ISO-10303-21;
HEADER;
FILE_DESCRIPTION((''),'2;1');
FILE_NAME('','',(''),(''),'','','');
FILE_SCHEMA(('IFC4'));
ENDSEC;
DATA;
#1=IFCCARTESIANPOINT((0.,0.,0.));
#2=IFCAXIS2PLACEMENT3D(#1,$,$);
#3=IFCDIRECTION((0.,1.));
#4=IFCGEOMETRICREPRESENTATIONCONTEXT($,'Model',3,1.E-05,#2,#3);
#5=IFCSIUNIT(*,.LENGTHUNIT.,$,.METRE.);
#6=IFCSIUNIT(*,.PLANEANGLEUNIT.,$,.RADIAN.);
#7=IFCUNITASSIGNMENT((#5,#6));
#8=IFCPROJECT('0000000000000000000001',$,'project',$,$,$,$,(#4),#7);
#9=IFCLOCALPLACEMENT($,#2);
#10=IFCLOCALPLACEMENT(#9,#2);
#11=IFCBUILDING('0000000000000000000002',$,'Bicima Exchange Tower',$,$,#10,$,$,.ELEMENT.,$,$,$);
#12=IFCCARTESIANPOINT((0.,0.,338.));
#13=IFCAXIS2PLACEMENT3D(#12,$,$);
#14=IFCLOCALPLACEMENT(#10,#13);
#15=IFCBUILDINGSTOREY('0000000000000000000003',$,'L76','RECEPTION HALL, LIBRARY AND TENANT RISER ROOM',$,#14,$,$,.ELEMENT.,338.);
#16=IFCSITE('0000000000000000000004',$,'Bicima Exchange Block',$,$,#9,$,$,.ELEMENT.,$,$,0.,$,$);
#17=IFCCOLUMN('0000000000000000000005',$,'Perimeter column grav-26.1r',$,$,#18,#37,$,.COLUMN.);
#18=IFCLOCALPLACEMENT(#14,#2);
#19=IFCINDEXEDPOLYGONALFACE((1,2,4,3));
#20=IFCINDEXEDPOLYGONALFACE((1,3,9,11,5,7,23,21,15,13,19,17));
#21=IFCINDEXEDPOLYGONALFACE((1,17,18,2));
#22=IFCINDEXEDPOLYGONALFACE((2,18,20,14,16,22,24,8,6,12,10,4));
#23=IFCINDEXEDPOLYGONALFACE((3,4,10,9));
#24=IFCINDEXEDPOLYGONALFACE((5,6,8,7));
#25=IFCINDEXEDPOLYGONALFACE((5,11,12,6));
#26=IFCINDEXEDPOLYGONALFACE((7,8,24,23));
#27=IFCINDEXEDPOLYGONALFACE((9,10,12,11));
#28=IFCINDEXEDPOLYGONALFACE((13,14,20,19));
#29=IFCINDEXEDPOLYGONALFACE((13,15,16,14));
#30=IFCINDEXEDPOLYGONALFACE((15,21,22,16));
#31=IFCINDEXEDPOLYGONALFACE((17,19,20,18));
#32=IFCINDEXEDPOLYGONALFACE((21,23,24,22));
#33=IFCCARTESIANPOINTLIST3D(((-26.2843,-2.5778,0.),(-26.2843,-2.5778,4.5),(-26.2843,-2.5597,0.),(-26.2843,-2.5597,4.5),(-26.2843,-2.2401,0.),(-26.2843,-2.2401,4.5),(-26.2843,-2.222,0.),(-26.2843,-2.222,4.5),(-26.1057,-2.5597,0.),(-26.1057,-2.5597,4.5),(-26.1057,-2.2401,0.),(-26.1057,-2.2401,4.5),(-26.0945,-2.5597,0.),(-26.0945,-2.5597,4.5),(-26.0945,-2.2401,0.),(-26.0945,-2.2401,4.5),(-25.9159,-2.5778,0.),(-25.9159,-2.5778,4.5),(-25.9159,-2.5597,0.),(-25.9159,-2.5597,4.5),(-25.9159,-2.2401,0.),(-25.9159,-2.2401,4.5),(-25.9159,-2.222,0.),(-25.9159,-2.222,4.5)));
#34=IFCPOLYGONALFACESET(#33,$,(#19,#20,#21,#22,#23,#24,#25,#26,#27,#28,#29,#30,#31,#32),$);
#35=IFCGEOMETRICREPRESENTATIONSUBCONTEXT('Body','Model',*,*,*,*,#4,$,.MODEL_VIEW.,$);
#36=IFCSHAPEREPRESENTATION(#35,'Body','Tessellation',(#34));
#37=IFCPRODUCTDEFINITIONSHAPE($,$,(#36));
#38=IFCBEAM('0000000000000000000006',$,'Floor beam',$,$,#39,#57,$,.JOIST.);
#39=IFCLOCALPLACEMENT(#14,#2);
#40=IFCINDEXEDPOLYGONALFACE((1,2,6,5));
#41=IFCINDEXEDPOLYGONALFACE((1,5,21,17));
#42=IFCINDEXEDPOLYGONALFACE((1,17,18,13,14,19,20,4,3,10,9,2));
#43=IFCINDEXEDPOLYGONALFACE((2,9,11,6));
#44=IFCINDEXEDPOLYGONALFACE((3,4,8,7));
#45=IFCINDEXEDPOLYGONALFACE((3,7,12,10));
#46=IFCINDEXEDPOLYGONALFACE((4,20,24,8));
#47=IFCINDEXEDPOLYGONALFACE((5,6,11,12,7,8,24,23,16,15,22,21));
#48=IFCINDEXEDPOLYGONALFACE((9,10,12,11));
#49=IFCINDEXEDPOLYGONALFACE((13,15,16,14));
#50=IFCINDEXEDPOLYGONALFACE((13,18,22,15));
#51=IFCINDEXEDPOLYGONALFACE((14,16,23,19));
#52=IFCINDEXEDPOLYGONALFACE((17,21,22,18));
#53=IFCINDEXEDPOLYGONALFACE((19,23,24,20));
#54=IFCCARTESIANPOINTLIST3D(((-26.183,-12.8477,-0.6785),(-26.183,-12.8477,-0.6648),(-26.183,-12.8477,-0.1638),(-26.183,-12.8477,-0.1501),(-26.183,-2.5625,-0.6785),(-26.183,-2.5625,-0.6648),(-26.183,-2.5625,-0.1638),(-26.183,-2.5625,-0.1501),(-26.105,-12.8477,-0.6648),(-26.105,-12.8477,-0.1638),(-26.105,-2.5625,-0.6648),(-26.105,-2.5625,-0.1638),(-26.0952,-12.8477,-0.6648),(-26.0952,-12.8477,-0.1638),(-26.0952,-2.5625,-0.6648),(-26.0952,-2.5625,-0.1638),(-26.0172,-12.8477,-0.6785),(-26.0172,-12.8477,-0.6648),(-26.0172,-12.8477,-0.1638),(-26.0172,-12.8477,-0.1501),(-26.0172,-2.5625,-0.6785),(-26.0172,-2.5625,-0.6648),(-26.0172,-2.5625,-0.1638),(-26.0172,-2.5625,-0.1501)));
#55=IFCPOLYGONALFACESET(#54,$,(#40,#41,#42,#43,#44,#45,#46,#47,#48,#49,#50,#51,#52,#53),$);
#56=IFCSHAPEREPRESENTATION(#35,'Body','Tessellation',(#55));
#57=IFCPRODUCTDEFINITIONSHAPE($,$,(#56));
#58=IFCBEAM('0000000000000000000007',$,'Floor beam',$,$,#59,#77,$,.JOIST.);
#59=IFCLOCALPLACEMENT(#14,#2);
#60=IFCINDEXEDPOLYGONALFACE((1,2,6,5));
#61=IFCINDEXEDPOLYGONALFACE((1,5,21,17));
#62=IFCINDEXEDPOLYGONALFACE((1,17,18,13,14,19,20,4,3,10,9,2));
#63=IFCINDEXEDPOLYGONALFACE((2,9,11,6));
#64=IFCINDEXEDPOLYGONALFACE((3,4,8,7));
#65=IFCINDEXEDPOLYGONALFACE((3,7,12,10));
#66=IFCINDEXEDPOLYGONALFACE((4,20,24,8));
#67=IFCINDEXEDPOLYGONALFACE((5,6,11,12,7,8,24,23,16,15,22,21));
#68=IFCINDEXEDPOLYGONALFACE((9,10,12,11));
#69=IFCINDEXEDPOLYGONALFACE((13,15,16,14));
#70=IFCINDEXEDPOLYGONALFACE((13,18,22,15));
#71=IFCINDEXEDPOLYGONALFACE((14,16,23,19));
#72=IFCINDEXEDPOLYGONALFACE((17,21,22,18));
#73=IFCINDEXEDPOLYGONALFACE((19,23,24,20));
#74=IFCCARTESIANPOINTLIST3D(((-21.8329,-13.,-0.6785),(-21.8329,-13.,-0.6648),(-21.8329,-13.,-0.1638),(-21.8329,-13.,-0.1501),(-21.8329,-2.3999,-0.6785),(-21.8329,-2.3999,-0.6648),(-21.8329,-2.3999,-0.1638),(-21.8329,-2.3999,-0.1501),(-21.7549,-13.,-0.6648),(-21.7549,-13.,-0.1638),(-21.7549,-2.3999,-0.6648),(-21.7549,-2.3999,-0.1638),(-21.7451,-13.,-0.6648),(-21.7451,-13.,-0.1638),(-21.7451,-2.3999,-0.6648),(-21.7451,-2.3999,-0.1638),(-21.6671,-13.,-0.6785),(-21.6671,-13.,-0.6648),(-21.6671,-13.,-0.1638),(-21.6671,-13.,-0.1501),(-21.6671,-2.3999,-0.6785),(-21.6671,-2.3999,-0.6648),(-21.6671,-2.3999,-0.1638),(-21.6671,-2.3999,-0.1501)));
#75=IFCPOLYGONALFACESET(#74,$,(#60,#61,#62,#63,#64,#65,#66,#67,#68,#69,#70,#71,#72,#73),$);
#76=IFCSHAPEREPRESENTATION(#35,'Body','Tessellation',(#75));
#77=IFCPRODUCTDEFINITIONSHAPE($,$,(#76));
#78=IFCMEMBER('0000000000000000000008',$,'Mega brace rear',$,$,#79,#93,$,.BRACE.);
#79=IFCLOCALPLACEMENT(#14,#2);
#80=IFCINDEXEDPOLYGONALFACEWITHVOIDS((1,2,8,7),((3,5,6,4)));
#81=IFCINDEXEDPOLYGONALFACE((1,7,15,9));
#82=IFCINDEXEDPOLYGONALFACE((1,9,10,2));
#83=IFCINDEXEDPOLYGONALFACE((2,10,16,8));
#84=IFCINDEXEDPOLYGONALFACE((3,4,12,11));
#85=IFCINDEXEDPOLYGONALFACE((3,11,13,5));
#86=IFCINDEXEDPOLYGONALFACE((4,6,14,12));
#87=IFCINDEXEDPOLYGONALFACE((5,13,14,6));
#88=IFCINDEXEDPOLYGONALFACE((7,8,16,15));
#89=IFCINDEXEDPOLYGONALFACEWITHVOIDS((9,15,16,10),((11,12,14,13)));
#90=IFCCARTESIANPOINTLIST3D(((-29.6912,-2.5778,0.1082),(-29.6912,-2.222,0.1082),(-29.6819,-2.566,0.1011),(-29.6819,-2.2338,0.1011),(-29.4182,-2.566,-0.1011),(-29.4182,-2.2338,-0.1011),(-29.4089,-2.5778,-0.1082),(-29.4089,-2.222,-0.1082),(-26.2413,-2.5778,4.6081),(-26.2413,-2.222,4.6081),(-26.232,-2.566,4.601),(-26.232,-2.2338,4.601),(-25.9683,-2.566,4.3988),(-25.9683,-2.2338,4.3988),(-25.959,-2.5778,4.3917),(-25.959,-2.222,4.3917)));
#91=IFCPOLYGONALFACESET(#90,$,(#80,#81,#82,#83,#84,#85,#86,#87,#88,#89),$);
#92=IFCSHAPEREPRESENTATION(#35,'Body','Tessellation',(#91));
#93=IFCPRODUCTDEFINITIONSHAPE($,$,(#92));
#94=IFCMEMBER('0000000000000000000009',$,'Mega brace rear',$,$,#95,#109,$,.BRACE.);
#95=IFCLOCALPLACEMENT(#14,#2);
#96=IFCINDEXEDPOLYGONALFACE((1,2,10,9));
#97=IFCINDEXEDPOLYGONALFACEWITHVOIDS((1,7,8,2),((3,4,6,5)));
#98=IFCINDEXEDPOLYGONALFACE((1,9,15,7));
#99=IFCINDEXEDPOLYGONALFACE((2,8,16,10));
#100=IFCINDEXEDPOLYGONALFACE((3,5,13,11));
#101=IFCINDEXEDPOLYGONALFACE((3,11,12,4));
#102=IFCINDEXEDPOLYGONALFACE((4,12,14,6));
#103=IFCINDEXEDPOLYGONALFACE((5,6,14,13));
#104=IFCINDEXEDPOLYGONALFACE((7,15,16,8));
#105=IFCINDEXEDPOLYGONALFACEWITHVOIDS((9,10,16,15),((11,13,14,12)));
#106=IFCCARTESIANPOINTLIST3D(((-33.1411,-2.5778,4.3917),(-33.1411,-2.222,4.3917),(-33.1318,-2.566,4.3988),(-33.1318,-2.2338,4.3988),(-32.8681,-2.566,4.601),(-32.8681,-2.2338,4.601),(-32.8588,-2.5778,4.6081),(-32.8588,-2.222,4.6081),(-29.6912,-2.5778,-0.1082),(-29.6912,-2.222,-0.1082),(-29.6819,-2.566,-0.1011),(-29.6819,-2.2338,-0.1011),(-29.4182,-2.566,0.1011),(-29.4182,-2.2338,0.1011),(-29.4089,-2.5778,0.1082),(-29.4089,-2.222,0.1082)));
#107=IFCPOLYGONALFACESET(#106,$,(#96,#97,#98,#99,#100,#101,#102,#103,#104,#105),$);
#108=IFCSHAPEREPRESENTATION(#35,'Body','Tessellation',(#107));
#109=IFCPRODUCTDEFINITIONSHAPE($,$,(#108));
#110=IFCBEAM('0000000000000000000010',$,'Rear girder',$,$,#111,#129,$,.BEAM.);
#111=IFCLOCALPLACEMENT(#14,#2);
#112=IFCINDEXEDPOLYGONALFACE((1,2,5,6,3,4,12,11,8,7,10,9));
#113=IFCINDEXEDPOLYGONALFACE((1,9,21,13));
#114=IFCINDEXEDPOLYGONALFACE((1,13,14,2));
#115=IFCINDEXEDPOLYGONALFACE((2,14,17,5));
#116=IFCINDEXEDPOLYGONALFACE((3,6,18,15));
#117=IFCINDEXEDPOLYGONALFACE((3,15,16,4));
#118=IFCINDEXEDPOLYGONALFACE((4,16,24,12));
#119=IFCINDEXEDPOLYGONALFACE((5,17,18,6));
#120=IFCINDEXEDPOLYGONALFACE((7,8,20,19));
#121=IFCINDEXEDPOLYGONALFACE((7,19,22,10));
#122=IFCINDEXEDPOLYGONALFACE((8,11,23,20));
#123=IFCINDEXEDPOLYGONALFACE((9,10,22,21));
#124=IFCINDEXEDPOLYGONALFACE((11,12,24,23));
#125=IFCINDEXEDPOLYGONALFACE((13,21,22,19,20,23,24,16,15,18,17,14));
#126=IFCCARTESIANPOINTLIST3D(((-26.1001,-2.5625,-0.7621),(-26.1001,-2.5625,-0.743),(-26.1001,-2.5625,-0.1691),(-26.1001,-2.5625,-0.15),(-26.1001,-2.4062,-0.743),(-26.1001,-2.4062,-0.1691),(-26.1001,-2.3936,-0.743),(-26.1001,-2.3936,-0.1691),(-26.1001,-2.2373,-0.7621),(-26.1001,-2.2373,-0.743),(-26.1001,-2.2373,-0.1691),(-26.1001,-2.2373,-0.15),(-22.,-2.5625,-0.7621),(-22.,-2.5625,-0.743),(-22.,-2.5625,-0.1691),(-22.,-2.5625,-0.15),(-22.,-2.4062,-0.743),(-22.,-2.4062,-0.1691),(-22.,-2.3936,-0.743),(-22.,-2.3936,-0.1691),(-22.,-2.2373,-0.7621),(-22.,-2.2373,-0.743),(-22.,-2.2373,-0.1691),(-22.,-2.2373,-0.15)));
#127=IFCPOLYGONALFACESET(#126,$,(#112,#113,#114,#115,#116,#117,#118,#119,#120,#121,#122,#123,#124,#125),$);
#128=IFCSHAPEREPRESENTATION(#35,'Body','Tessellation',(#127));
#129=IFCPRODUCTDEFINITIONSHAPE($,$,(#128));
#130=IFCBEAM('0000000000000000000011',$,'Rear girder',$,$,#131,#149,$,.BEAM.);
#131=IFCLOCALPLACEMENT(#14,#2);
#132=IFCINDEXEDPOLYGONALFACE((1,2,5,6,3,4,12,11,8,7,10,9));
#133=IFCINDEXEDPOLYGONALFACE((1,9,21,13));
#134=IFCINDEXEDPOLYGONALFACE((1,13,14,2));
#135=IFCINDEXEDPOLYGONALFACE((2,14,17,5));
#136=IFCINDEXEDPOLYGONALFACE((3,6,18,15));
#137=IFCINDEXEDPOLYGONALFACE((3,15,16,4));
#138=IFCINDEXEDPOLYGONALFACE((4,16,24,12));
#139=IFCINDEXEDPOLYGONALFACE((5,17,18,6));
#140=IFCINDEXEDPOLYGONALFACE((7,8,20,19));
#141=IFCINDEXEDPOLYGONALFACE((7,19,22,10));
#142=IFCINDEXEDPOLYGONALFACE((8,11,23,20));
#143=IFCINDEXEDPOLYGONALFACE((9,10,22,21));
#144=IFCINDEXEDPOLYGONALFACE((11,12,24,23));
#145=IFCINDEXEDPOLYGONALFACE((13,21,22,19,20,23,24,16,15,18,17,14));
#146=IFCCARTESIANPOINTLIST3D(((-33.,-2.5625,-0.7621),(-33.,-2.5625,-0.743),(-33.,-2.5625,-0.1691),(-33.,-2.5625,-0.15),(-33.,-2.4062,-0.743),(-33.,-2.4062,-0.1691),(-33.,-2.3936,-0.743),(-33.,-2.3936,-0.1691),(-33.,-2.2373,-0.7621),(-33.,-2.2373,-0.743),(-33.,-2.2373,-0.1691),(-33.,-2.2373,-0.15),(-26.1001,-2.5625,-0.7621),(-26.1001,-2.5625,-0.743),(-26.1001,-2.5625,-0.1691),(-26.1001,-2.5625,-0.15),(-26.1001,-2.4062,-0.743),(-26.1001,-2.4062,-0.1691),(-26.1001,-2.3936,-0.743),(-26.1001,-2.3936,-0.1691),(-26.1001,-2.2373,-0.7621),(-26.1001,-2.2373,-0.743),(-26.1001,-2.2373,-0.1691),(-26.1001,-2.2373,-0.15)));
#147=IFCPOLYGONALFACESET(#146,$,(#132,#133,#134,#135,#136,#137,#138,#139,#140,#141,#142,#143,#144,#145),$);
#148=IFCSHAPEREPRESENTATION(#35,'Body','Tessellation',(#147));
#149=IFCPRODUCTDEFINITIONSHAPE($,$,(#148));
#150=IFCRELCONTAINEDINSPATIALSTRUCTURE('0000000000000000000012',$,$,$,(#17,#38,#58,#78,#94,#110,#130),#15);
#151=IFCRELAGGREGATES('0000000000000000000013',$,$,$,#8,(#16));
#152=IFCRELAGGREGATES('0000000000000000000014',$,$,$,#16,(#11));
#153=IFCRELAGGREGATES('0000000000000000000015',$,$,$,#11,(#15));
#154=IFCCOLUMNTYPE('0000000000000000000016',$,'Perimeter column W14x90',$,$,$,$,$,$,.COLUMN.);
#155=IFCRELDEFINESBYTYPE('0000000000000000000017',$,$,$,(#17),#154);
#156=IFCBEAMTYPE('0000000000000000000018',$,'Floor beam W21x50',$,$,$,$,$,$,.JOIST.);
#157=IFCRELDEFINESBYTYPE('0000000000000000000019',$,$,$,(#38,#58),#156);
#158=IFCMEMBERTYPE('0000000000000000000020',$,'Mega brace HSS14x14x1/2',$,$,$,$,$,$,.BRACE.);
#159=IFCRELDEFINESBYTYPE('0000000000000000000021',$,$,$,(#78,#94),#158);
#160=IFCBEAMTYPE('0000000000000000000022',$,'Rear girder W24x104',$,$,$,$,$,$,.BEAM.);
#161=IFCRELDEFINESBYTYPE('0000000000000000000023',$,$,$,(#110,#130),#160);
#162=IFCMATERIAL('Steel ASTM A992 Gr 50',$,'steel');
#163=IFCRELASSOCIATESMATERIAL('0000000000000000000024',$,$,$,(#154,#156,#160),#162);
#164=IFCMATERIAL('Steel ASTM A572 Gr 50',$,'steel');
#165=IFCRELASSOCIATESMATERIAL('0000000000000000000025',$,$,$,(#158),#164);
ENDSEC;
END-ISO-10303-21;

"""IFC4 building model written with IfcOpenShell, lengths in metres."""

from ifc_helpers import new_model, si_unit, direction, frame, origin, origin_2d, place, context, subcontext, project, spatial, hollow_rectangle, i_section, extrude, material, material_profile, profile_set, type_object, element, save


model = new_model("IFC4")

# Units and contexts
model_context = context("Model", 3, precision=1e-05, world=origin(), true_north=direction((0.0, 1.0)))
body_context = subcontext(model_context, "Body", "Model", "MODEL_VIEW")
ifc_project = project(units=[si_unit("LENGTHUNIT", "METRE"), si_unit("PLANEANGLEUNIT", "RADIAN")], contexts=[model_context])

# Site, building, storey
site_placement = place(None, origin())
site = spatial("IfcSite", under=ifc_project, at=site_placement, Name="Bicima Exchange Block", CompositionType="ELEMENT", RefElevation=0.0)
building_placement = place(site_placement, origin())
building = spatial("IfcBuilding", under=site, at=building_placement, Name="Bicima Exchange Tower", CompositionType="ELEMENT")
storey_placement = place(building_placement, frame((0.0, 0.0, 338.0)))
storey = spatial("IfcBuildingStorey", under=building, at=storey_placement, Name="L76", Description="RECEPTION HALL, LIBRARY AND TENANT RISER ROOM", CompositionType="ELEMENT", Elevation=338.0)

# Column
ifc_material_1 = material(Name="Steel ASTM A992 Gr 50", Category="steel")
ifc_material_profile_1 = material_profile(ifc_material_1, i_section(OverallWidth=0.3684, OverallDepth=0.3557, WebThickness=0.0112, FlangeThickness=0.0181, at=origin_2d()))
ifc_profile_set_1 = profile_set([ifc_material_profile_1], Name="Steel ASTM A992 Gr 50")
column_type = type_object("IfcColumnType", Name="Perimeter column W14x90", PredefinedType="COLUMN", material=ifc_profile_set_1)
column_placement = place(storey_placement, frame((-26.1001, -2.3999, 0.0), z_axis=(0.0, 0.0, 1.0), x_axis=(1.0, 0.0, 0.0)))
element("IfcColumn", 1, at=column_placement, inside=storey, type_object=column_type, Name="Perimeter column grav-26.1r", PredefinedType="COLUMN", context=body_context, shape_type="SweptSolid", body=[
    extrude(i_section(OverallWidth=0.3684, OverallDepth=0.3557, WebThickness=0.0112, FlangeThickness=0.0181, at=origin_2d()), origin(), (0.0, 0.0, 1.0), 4.5),
])

# Beams
ifc_material_profile_2 = material_profile(ifc_material_1, i_section(OverallWidth=0.1658, OverallDepth=0.5283, WebThickness=0.0098, FlangeThickness=0.0137, at=origin_2d()))
ifc_profile_set_2 = profile_set([ifc_material_profile_2], Name="Steel ASTM A992 Gr 50")
beam_type_1 = type_object("IfcBeamType", Name="Floor beam W21x50", PredefinedType="JOIST", material=ifc_profile_set_2)
beam_1_placement = place(storey_placement, frame((-26.1001, -2.5625, -0.4143), z_axis=(0.0, -1.0, 0.0), x_axis=(1.0, 0.0, 0.0)))
element("IfcBeam", 2, at=beam_1_placement, inside=storey, type_object=beam_type_1, Name="Floor beam", PredefinedType="JOIST", context=body_context, shape_type="SweptSolid", body=[
    extrude(i_section(OverallWidth=0.1658, OverallDepth=0.5283, WebThickness=0.0098, FlangeThickness=0.0137, at=origin_2d()), origin(), (0.0, 0.0, 1.0), 10.2852),
])
beam_2_placement = place(storey_placement, frame((-21.75, -2.3999, -0.4143), z_axis=(0.0, -1.0, 0.0), x_axis=(1.0, 0.0, 0.0)))
element("IfcBeam", 3, at=beam_2_placement, inside=storey, type_object=beam_type_1, Name="Floor beam", PredefinedType="JOIST", context=body_context, shape_type="SweptSolid", body=[
    extrude(i_section(OverallWidth=0.1658, OverallDepth=0.5283, WebThickness=0.0098, FlangeThickness=0.0137, at=origin_2d()), origin(), (0.0, 0.0, 1.0), 10.6001),
])

# Members
ifc_material_2 = material(Name="Steel ASTM A572 Gr 50", Category="steel")
ifc_material_profile_3 = material_profile(ifc_material_2, hollow_rectangle(XDim=0.3557, YDim=0.3557, WallThickness=0.0117, at=origin_2d()))
ifc_profile_set_3 = profile_set([ifc_material_profile_3], Name="Steel ASTM A572 Gr 50")
member_type = type_object("IfcMemberType", Name="Mega brace HSS14x14x1/2", PredefinedType="BRACE", material=ifc_profile_set_3)
for number, where, z_axis, x_axis, name in (
    (4, (-29.55, -2.3999, 0.0), (0.608426, 0.0, 0.793611), (0.0, 1.0, 0.0), "Mega brace rear"),
    (5, (-29.55, -2.3999, 0.0), (-0.608426, 0.0, 0.793611), (0.0, -1.0, 0.0), "Mega brace rear"),
):
    element("IfcMember", number, at=place(storey_placement, frame(where, z_axis=z_axis, x_axis=x_axis)), inside=storey, type_object=member_type, Name=name, PredefinedType="BRACE", context=body_context, shape_type="SweptSolid", body=[
        extrude(hollow_rectangle(XDim=0.3557, YDim=0.3557, WallThickness=0.0117, at=origin_2d()), origin(), (0.0, 0.0, 1.0), 5.6702),
    ])

# Beams
ifc_material_profile_4 = material_profile(ifc_material_1, i_section(OverallWidth=0.3252, OverallDepth=0.6121, WebThickness=0.0127, FlangeThickness=0.019, at=origin_2d()))
ifc_profile_set_4 = profile_set([ifc_material_profile_4], Name="Steel ASTM A992 Gr 50")
beam_type_2 = type_object("IfcBeamType", Name="Rear girder W24x104", PredefinedType="BEAM", material=ifc_profile_set_4)
beam_3_placement = place(storey_placement, frame((-22.0, -2.3999, -0.4561), z_axis=(-1.0, 0.0, 0.0), x_axis=(0.0, -1.0, 0.0)))
element("IfcBeam", 6, at=beam_3_placement, inside=storey, type_object=beam_type_2, Name="Rear girder", PredefinedType="BEAM", context=body_context, shape_type="SweptSolid", body=[
    extrude(i_section(OverallWidth=0.3252, OverallDepth=0.6121, WebThickness=0.0127, FlangeThickness=0.019, at=origin_2d()), origin(), (0.0, 0.0, 1.0), 4.1001),
])
beam_4_placement = place(storey_placement, frame((-26.1001, -2.3999, -0.4561), z_axis=(-1.0, 0.0, 0.0), x_axis=(0.0, -1.0, 0.0)))
element("IfcBeam", 7, at=beam_4_placement, inside=storey, type_object=beam_type_2, Name="Rear girder", PredefinedType="BEAM", context=body_context, shape_type="SweptSolid", body=[
    extrude(i_section(OverallWidth=0.3252, OverallDepth=0.6121, WebThickness=0.0127, FlangeThickness=0.019, at=origin_2d()), origin(), (0.0, 0.0, 1.0), 6.8999),
])

save(model, "model.ifc")
